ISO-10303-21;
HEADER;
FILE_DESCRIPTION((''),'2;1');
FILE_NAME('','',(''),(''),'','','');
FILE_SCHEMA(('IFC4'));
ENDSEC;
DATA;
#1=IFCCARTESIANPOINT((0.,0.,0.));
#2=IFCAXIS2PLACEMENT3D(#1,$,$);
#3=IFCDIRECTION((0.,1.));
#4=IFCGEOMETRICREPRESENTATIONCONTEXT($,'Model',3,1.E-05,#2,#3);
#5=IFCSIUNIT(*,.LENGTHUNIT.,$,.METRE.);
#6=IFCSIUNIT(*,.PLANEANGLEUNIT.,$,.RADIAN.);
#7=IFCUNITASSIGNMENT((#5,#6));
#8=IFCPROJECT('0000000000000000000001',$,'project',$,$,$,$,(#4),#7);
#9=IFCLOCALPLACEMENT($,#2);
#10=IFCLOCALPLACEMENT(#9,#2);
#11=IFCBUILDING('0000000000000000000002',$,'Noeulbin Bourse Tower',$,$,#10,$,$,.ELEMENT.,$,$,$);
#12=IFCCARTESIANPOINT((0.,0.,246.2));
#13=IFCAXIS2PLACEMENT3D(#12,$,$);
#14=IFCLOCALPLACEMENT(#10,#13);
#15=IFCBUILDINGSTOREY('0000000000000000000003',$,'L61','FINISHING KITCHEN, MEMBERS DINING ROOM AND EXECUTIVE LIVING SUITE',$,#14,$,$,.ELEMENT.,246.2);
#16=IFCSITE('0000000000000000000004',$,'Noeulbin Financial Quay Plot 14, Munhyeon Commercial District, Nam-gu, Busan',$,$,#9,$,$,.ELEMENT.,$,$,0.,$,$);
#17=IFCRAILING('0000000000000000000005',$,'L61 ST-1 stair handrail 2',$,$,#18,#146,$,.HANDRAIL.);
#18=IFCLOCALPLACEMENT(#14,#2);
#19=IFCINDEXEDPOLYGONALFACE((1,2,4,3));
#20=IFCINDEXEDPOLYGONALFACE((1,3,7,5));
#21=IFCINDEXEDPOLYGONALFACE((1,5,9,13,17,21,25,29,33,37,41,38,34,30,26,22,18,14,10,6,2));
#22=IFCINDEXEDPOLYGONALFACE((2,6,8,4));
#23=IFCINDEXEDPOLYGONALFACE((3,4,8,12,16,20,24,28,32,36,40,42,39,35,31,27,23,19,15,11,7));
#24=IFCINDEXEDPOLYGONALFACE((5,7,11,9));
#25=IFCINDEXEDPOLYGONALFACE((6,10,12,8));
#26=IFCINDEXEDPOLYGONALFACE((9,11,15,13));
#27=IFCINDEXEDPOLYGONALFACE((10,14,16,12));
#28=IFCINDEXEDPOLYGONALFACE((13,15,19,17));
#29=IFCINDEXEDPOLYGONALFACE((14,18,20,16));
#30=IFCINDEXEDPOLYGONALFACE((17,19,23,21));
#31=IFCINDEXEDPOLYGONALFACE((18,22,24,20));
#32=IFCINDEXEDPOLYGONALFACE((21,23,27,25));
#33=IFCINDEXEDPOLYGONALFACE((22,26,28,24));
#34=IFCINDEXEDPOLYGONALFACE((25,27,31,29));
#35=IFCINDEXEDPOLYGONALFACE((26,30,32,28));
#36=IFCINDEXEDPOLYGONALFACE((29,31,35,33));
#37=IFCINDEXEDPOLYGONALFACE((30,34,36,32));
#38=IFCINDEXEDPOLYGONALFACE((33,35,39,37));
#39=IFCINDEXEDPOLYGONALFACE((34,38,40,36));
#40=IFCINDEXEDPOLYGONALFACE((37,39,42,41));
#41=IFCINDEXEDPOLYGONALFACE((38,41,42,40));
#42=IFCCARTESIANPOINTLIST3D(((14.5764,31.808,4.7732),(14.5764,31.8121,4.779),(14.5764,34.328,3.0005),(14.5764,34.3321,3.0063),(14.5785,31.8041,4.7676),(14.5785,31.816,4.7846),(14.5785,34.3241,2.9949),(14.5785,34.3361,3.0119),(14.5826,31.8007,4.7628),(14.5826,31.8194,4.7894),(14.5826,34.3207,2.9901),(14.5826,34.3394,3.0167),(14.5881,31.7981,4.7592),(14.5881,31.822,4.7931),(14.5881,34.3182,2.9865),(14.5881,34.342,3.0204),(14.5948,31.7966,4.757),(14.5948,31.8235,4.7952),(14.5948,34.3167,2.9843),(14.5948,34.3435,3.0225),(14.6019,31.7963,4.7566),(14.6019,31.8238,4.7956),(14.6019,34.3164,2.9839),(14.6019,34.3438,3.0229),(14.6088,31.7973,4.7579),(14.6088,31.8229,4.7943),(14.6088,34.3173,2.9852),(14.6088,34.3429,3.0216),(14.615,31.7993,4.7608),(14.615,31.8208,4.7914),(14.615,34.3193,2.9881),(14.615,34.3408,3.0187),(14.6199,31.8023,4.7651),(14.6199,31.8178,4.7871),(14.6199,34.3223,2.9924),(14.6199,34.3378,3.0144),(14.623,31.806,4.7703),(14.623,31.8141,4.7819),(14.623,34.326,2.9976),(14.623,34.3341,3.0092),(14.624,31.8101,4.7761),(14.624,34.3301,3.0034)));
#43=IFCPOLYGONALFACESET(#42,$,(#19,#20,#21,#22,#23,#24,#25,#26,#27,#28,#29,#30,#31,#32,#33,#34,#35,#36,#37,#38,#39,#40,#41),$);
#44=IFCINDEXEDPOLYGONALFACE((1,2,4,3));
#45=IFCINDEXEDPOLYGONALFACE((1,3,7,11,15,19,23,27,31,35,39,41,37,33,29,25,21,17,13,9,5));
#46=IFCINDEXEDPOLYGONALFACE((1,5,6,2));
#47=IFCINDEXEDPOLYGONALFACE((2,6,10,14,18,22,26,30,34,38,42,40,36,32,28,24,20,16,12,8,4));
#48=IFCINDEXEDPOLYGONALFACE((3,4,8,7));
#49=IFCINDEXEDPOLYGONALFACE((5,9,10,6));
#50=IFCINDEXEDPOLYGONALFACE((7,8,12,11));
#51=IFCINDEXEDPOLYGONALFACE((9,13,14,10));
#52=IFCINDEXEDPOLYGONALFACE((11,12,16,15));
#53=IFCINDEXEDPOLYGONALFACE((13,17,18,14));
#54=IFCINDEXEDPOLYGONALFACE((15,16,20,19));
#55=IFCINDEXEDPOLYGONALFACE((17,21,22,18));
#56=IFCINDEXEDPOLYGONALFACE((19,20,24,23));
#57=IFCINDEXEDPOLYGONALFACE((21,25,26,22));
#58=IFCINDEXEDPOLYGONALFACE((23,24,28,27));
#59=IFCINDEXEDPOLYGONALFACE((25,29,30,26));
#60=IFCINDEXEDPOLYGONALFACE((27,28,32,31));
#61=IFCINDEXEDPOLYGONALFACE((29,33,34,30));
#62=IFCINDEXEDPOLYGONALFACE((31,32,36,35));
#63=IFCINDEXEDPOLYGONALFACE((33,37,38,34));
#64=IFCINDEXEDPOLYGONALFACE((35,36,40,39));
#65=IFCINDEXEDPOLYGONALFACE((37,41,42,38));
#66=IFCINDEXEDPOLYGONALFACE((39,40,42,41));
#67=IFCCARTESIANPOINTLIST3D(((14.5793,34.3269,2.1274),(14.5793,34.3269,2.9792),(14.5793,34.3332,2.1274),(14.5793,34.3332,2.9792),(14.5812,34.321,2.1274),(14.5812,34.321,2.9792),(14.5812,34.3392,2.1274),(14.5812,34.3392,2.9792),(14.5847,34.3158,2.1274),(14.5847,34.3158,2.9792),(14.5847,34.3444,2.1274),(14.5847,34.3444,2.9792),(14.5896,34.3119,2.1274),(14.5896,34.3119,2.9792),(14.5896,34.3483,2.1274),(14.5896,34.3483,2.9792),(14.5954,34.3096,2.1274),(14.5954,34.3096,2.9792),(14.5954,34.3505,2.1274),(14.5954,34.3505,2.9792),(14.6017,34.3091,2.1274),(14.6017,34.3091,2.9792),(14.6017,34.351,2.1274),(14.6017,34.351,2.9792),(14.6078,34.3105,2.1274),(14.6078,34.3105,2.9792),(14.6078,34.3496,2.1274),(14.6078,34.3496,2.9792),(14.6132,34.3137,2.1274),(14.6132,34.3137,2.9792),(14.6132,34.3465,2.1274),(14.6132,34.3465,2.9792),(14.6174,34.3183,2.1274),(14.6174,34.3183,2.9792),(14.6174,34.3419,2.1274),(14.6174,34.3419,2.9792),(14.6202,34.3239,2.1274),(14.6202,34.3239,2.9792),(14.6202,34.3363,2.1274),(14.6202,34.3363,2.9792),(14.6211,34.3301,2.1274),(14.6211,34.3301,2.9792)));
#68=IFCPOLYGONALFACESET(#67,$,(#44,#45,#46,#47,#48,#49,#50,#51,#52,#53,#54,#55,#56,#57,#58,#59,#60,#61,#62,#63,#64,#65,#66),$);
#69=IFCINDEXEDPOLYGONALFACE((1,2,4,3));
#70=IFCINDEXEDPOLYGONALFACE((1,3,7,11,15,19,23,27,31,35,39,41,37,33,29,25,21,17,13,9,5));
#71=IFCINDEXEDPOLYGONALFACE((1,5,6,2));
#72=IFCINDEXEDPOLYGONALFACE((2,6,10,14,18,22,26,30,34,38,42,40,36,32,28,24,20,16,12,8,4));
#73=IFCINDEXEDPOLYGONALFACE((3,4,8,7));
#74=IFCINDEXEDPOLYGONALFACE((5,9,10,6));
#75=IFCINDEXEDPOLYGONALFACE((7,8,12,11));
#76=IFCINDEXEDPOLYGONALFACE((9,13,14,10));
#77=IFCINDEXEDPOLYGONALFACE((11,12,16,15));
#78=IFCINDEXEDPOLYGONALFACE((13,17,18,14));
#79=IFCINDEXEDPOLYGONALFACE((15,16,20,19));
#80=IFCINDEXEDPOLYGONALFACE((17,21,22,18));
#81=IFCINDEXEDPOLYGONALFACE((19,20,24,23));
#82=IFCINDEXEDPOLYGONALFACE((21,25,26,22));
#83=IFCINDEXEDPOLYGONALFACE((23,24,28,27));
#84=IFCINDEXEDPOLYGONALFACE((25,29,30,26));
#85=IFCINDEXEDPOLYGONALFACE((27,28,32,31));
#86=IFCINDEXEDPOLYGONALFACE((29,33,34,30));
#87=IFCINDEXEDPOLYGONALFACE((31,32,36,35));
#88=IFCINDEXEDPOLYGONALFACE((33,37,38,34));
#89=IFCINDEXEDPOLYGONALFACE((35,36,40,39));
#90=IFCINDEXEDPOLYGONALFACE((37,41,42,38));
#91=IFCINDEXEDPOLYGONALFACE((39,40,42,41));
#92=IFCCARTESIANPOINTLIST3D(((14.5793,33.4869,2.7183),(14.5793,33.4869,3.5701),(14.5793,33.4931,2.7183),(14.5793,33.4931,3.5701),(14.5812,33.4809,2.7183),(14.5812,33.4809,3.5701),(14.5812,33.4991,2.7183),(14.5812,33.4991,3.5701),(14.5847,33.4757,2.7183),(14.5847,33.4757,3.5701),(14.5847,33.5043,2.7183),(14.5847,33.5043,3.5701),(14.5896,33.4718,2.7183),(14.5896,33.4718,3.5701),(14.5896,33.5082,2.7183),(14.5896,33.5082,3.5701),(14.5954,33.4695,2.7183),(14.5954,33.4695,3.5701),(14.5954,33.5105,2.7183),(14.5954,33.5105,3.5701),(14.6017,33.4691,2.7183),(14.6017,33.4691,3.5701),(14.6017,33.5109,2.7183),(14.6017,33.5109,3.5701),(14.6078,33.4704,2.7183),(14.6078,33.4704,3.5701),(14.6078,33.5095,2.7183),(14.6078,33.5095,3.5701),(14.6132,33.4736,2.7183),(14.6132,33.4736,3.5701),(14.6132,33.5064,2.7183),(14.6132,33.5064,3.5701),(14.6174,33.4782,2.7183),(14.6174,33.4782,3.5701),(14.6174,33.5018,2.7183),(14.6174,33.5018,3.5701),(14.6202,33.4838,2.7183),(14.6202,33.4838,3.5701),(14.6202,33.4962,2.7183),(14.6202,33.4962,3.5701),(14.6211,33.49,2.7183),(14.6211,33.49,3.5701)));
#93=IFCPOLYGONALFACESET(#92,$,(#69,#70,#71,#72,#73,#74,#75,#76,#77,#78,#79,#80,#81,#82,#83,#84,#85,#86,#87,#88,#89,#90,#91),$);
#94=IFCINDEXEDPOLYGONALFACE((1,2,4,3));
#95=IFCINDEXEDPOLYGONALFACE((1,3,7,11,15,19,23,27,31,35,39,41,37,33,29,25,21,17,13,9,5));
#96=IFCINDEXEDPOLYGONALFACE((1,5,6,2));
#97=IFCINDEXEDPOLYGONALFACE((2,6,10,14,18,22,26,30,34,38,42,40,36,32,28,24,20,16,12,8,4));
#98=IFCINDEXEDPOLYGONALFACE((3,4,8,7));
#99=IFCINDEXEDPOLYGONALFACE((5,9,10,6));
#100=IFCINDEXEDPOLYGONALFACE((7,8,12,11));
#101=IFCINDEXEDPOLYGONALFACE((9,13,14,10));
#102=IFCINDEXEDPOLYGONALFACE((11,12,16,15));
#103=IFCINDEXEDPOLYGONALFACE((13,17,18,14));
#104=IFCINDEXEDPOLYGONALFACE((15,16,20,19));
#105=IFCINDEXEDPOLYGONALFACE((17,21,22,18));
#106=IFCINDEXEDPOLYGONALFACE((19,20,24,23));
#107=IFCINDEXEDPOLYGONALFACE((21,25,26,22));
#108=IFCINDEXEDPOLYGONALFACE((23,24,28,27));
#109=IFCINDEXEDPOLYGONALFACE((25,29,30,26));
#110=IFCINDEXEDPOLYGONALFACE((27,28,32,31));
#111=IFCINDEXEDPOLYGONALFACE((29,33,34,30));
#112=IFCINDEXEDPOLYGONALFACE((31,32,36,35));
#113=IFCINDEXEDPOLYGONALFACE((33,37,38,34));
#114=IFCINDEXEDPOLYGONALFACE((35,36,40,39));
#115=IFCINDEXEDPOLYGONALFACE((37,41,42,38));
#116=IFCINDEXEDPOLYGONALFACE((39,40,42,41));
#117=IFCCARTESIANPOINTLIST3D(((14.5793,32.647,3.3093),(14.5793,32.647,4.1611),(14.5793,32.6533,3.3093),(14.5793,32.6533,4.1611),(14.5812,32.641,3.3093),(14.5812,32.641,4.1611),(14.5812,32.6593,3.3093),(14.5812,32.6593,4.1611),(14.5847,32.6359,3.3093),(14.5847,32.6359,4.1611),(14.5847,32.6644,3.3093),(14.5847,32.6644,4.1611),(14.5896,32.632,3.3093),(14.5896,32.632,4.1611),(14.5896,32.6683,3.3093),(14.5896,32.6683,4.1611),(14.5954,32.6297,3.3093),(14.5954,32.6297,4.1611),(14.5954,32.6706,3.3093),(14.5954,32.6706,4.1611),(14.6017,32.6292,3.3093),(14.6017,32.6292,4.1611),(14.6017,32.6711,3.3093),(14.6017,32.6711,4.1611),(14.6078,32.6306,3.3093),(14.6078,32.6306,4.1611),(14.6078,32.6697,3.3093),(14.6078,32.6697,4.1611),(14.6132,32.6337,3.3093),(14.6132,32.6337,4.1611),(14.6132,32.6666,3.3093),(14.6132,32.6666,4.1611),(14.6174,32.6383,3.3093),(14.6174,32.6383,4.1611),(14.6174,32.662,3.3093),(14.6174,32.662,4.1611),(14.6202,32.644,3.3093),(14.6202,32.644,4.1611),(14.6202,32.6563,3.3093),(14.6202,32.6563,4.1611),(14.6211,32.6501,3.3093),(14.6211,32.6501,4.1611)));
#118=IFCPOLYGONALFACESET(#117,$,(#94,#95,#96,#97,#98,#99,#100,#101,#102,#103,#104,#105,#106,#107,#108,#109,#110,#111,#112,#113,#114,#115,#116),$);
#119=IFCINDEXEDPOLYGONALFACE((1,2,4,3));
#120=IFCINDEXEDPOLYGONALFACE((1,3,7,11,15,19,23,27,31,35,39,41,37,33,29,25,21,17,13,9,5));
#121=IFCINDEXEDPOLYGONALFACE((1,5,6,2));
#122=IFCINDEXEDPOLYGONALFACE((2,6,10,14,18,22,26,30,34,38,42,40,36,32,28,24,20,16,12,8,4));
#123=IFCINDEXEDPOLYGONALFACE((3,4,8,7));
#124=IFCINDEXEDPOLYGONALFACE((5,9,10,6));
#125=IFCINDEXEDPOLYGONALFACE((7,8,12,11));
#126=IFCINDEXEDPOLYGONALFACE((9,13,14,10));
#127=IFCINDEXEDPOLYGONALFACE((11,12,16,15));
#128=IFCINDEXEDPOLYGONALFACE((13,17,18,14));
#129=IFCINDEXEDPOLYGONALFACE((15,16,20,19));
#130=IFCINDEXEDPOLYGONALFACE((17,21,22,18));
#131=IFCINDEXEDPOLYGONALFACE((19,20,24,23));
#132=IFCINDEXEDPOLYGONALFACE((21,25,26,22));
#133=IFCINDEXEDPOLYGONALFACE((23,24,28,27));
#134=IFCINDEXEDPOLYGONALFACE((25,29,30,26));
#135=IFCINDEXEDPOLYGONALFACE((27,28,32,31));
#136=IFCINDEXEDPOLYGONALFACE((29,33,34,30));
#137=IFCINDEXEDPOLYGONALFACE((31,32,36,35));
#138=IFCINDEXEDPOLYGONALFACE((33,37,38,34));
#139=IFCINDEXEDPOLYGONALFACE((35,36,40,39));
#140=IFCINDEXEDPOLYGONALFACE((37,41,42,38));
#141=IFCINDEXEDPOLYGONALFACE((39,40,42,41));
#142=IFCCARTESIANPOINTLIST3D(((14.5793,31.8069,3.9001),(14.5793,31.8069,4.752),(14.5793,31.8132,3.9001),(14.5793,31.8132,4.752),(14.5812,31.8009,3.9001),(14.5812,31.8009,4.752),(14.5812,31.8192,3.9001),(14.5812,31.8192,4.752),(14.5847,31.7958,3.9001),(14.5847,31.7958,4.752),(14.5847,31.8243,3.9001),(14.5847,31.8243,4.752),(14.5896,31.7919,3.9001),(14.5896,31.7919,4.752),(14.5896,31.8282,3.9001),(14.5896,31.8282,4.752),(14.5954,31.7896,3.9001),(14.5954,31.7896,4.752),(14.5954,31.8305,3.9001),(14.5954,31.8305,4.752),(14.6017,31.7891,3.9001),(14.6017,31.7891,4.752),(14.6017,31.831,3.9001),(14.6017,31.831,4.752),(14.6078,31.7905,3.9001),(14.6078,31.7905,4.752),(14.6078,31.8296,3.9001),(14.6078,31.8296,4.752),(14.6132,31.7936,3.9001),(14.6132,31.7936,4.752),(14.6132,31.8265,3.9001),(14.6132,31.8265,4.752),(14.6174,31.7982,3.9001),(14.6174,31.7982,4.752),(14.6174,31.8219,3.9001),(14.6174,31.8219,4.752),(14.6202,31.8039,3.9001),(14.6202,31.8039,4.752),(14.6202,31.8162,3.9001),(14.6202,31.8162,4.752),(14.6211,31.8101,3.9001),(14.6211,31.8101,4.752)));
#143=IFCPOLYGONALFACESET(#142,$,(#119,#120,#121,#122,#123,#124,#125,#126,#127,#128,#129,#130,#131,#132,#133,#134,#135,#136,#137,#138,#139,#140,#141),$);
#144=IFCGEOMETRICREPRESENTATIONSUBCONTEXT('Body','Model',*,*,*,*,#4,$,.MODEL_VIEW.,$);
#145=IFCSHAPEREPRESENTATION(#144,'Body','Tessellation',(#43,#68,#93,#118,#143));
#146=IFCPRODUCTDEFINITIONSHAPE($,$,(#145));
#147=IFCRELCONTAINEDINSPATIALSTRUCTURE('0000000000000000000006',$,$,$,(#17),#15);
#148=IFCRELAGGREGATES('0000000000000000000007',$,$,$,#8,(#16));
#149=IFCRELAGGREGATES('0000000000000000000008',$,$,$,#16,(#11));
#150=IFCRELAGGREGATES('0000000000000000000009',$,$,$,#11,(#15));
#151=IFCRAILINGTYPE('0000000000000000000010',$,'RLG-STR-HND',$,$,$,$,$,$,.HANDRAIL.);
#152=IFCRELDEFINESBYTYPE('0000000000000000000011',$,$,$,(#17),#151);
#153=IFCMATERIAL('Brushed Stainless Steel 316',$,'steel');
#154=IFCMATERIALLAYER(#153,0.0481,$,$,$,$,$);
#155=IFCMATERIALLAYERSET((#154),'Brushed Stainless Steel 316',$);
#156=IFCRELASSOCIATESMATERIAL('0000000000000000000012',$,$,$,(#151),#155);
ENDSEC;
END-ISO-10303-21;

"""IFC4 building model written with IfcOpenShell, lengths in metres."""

from ifc_helpers import new_model, si_unit, direction, frame, origin, origin_2d, place, context, subcontext, project, spatial, circle, extrude, material, layer, layer_set, type_object, element, save


model = new_model("IFC4")

# Units and contexts
model_context = context("Model", 3, precision=1e-05, world=origin(), true_north=direction((0.0, 1.0)))
body_context = subcontext(model_context, "Body", "Model", "MODEL_VIEW")
ifc_project = project(units=[si_unit("LENGTHUNIT", "METRE"), si_unit("PLANEANGLEUNIT", "RADIAN")], contexts=[model_context])

# Site, building, storey
site_placement = place(None, origin())
site = spatial("IfcSite", under=ifc_project, at=site_placement, Name="Noeulbin Financial Quay Plot 14, Munhyeon Commercial District, Nam-gu, Busan", CompositionType="ELEMENT", RefElevation=0.0)
building_placement = place(site_placement, origin())
building = spatial("IfcBuilding", under=site, at=building_placement, Name="Noeulbin Bourse Tower", CompositionType="ELEMENT")
storey_placement = place(building_placement, frame((0.0, 0.0, 246.2)))
storey = spatial("IfcBuildingStorey", under=building, at=storey_placement, Name="L61", Description="FINISHING KITCHEN, MEMBERS DINING ROOM AND EXECUTIVE LIVING SUITE", CompositionType="ELEMENT", Elevation=246.2)

# Railing
ifc_material_1 = material(Name="Brushed Stainless Steel 316", Category="steel")
ifc_layer_1 = layer(ifc_material_1, 0.0481)
ifc_layer_set_1 = layer_set([ifc_layer_1], Name="Brushed Stainless Steel 316")
railing_type_1 = type_object("IfcRailingType", Name="RLG-STR-HND", PredefinedType="HANDRAIL", material=ifc_layer_set_1)
railing_1_placement = place(storey_placement, frame((14.6001, 34.3301, 2.1274)))
element("IfcRailing", 1, at=railing_1_placement, inside=storey, type_object=railing_type_1, Name="L61 ST-1 stair handrail 2", PredefinedType="HANDRAIL", context=body_context, shape_type="SweptSolid", body=[
    extrude(circle(Radius=0.0239, at=origin_2d()), frame((0.0, 0.0, 0.876), z_axis=(0.0, -0.817904, 0.575354), x_axis=(1.0, 0.0, 0.0)), (0.0, 0.0, 1.0), 3.0811),
    extrude(circle(Radius=0.021, at=origin_2d()), origin(), (0.0, 0.0, 1.0), 0.8518),
    extrude(circle(Radius=0.021, at=origin_2d()), frame((0.0, -0.8401, 0.5908)), (0.0, 0.0, 1.0), 0.8518),
    extrude(circle(Radius=0.021, at=origin_2d()), frame((0.0, -1.6799, 1.1819)), (0.0, 0.0, 1.0), 0.8518),
    extrude(circle(Radius=0.021, at=origin_2d()), frame((0.0, -2.52, 1.7727)), (0.0, 0.0, 1.0), 0.8518),
])

save(model, "model.ifc")
